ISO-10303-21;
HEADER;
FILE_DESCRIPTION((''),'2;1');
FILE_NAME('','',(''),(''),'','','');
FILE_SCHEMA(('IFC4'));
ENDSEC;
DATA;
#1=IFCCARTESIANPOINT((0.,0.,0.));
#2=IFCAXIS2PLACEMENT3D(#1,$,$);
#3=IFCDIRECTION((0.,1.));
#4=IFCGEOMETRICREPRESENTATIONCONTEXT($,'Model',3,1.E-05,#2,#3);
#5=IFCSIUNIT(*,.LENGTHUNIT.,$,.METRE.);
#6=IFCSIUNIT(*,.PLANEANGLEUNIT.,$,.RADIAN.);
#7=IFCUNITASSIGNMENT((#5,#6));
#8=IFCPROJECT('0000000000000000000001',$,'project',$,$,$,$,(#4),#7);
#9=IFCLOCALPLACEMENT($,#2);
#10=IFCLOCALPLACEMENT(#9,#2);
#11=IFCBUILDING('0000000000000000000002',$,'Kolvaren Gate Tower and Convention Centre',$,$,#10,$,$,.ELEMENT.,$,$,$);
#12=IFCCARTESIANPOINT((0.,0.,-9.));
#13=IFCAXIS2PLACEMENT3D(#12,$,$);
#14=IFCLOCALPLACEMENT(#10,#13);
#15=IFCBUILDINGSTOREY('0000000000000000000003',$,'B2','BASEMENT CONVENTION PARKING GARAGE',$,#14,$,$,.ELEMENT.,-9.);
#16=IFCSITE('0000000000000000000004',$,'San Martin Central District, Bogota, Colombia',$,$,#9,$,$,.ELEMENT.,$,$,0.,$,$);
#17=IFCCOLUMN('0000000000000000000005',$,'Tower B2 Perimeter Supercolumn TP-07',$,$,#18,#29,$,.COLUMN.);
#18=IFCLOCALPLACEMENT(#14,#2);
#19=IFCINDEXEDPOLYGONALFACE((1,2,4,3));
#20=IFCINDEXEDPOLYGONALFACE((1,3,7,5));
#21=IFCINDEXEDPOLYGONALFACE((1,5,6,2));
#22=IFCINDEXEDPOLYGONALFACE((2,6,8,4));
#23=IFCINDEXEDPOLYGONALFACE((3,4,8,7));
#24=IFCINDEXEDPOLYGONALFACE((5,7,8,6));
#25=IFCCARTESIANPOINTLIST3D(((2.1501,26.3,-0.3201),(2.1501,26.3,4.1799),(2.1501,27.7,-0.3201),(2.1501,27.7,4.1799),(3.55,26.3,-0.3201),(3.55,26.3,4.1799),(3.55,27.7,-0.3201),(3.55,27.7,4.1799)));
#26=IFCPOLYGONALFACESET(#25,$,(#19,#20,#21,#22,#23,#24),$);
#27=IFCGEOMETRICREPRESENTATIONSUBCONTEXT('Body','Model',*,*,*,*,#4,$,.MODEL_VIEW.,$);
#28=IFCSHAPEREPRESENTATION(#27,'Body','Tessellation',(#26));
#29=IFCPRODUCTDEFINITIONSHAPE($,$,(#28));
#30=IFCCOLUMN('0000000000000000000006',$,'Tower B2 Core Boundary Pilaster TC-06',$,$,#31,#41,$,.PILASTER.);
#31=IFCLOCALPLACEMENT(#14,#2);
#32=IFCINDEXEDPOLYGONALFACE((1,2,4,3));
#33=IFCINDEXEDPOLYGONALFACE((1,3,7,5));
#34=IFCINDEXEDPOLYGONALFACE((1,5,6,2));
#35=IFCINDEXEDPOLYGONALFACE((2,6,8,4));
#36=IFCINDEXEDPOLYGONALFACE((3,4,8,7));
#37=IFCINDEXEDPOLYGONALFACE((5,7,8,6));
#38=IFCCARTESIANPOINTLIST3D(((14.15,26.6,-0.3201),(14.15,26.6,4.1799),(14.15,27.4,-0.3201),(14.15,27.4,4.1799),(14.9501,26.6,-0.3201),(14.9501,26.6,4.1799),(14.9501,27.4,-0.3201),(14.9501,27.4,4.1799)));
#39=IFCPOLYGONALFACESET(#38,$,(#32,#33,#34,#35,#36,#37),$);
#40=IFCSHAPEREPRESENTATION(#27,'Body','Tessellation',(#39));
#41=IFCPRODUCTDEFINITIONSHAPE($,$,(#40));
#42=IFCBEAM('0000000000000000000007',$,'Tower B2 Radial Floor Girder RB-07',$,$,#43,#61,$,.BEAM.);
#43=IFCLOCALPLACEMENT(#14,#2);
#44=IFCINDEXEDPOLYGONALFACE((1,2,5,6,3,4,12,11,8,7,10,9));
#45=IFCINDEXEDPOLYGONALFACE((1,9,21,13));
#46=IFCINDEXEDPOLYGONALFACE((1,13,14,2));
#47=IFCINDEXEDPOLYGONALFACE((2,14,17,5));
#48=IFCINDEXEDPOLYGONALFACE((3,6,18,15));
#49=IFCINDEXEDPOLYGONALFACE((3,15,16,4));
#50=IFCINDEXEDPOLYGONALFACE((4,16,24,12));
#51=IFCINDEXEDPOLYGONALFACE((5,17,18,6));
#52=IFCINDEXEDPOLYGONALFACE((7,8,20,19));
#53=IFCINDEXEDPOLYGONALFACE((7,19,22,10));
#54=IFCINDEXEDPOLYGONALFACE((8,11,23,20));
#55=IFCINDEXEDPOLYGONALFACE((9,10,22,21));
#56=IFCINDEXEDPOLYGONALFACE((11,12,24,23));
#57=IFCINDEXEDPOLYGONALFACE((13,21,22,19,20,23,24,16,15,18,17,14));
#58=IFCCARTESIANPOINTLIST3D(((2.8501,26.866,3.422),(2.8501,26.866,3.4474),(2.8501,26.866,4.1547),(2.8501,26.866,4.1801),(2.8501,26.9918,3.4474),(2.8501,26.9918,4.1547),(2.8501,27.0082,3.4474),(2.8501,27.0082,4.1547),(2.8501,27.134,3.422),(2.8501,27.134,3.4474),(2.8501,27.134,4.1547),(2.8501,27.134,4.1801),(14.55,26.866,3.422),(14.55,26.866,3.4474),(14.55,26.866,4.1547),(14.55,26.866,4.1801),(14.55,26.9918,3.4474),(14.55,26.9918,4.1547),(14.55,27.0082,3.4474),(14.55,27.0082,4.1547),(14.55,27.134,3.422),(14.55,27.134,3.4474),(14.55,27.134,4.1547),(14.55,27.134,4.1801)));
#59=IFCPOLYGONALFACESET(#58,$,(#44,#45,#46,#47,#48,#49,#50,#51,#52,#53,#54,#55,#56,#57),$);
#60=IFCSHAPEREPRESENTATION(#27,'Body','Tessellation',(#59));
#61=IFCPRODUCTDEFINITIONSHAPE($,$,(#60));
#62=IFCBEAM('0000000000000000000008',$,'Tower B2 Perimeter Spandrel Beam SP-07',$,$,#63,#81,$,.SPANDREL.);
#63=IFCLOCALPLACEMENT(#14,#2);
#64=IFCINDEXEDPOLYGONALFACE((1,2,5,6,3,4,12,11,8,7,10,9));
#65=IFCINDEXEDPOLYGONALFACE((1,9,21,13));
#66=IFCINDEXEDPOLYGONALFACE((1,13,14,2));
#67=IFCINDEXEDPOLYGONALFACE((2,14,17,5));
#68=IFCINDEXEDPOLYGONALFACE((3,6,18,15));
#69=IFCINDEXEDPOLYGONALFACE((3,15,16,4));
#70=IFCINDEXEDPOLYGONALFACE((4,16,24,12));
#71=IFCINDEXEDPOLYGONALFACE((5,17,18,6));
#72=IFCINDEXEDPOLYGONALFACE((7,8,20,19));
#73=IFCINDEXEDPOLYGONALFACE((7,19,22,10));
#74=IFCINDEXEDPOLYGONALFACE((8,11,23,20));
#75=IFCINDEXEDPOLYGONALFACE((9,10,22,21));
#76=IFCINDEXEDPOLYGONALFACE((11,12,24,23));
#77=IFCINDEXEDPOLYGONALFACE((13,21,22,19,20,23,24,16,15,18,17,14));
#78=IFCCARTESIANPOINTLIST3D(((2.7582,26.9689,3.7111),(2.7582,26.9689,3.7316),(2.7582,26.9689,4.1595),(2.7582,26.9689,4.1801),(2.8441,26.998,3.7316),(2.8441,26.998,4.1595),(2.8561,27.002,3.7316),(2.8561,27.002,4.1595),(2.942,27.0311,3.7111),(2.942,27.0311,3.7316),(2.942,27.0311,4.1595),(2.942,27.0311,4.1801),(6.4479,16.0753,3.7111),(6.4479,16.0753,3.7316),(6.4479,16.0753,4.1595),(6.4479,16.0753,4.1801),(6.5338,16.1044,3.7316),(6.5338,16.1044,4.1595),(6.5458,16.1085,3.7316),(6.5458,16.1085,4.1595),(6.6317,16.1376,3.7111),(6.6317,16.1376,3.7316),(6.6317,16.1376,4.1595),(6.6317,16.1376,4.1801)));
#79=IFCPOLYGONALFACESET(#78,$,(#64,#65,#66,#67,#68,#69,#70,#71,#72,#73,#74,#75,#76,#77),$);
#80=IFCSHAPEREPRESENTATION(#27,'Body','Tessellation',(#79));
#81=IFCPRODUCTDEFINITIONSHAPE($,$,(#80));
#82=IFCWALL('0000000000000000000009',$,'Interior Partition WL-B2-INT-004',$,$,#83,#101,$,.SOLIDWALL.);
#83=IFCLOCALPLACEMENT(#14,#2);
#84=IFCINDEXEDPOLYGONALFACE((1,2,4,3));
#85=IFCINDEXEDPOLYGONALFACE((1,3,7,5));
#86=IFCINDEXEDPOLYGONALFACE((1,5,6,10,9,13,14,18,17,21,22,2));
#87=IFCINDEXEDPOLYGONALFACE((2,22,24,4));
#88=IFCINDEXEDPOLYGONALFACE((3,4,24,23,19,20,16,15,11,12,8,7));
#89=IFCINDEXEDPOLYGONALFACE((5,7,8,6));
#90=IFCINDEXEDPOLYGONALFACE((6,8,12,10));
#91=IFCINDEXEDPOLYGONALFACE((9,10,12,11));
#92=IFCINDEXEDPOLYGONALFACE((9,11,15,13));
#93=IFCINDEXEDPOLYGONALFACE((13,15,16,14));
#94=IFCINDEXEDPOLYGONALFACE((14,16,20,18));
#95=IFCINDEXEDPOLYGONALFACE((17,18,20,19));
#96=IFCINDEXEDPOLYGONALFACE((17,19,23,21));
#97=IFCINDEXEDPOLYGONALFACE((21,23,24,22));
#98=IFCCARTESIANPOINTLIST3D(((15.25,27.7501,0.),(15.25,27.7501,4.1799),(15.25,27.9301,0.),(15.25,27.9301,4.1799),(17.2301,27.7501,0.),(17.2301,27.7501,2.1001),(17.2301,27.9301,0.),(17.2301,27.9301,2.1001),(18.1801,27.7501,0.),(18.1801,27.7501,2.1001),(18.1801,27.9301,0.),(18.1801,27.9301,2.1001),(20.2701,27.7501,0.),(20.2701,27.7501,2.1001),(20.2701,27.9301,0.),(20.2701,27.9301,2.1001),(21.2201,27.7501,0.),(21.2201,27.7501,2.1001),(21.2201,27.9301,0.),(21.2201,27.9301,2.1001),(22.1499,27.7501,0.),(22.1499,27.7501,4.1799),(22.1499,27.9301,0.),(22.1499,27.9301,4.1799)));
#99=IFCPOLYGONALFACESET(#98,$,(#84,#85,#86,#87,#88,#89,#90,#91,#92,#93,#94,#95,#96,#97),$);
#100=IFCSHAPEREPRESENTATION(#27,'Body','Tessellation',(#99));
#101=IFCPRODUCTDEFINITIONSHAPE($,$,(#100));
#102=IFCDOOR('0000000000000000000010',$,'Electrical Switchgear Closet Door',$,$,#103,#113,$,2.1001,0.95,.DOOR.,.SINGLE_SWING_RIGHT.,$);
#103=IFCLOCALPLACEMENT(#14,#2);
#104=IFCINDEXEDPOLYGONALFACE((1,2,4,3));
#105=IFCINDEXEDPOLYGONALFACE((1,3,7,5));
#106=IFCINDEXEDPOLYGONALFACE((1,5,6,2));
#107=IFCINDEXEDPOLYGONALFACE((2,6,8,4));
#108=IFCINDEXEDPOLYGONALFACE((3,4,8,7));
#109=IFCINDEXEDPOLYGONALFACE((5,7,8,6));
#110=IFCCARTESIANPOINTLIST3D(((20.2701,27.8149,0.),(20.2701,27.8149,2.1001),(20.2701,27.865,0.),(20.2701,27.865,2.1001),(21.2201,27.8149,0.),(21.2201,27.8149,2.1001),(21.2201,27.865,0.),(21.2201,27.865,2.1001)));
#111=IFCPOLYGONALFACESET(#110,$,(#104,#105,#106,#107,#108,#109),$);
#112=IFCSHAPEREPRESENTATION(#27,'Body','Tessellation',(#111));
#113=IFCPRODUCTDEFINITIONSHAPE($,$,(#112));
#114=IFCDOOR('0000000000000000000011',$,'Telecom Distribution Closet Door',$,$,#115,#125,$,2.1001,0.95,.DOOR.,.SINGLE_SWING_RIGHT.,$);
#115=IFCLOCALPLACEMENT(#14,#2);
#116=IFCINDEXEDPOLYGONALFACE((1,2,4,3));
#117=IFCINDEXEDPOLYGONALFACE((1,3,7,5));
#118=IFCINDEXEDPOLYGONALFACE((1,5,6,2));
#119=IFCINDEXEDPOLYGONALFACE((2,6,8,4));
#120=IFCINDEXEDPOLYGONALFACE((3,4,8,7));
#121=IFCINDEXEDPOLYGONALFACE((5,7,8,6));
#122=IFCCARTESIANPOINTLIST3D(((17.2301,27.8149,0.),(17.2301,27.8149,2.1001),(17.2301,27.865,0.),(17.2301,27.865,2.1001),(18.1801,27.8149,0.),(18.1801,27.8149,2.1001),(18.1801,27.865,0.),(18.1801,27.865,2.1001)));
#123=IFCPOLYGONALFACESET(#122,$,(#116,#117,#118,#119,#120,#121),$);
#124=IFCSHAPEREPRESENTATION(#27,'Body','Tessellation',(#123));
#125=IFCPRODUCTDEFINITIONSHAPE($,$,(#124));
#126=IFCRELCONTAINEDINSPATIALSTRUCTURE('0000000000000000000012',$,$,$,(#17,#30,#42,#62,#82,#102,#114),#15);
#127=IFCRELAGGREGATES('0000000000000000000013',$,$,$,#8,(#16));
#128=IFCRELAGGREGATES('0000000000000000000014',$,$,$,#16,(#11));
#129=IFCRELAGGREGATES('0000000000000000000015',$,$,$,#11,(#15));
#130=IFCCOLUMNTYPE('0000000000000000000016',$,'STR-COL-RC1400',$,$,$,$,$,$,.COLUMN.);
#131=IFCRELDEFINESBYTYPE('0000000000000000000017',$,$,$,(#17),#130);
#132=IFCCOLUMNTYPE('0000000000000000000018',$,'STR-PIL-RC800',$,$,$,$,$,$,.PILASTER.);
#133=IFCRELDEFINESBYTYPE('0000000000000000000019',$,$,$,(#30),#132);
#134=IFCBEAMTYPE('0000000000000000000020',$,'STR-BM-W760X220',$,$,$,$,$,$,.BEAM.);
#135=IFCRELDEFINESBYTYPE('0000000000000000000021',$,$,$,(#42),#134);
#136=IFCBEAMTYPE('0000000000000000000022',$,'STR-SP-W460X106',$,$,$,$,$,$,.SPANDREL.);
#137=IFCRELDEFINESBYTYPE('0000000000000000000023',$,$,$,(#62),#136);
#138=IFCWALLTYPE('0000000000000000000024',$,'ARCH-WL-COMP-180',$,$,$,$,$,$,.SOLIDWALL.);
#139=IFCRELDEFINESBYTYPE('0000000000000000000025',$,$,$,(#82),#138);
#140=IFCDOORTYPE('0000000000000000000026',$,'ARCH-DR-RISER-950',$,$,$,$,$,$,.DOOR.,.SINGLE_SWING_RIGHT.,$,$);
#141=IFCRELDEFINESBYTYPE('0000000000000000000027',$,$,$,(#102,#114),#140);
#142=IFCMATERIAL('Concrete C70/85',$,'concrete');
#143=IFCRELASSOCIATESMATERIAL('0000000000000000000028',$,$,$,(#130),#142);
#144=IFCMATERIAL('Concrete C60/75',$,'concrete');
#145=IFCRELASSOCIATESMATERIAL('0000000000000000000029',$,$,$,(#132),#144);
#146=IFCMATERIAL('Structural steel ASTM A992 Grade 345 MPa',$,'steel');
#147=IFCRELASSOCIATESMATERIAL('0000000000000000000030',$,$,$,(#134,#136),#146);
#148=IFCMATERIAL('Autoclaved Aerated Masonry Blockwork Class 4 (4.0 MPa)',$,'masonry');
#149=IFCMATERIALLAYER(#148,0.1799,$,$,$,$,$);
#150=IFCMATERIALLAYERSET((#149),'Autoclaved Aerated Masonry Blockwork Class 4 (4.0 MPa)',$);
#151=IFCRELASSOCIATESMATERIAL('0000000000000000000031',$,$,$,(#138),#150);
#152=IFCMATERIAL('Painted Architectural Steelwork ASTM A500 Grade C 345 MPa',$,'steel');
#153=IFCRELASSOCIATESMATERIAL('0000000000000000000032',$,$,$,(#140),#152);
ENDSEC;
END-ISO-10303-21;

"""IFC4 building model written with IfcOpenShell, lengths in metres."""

from ifc_helpers import new_model, si_unit, direction, frame, frame_2d, origin, origin_2d, place, context, subcontext, project, spatial, rectangle, i_section, extrude, material, layer, layer_set, material_profile, profile_set, type_object, element, fill, save


model = new_model("IFC4")

# Units and contexts
model_context = context("Model", 3, precision=1e-05, world=origin(), true_north=direction((0.0, 1.0)))
body_context = subcontext(model_context, "Body", "Model", "MODEL_VIEW")
ifc_project = project(units=[si_unit("LENGTHUNIT", "METRE"), si_unit("PLANEANGLEUNIT", "RADIAN")], contexts=[model_context])

# Site, building, storey
site_placement = place(None, origin())
site = spatial("IfcSite", under=ifc_project, at=site_placement, Name="San Martin Central District, Bogota, Colombia", CompositionType="ELEMENT", RefElevation=0.0)
building_placement = place(site_placement, origin())
building = spatial("IfcBuilding", under=site, at=building_placement, Name="Kolvaren Gate Tower and Convention Centre", CompositionType="ELEMENT")
storey_placement = place(building_placement, frame((0.0, 0.0, -9.0)))
storey = spatial("IfcBuildingStorey", under=building, at=storey_placement, Name="B2", Description="BASEMENT CONVENTION PARKING GARAGE", CompositionType="ELEMENT", Elevation=-9.0)

# Columns
ifc_material_1 = material(Name="Concrete C70/85", Category="concrete")
ifc_material_profile_1 = material_profile(ifc_material_1, rectangle(XDim=1.3999, YDim=1.3999, at=origin_2d()), Name="RC-COL-1400X1400")
ifc_profile_set_1 = profile_set([ifc_material_profile_1], Name="Concrete C70/85")
column_type_1 = type_object("IfcColumnType", Name="STR-COL-RC1400", PredefinedType="COLUMN", material=ifc_profile_set_1)
column_1_placement = place(storey_placement, frame((2.8501, 27.0, -0.3201), z_axis=(0.0, 0.0, 1.0), x_axis=(1.0, 0.0, 0.0)))
element("IfcColumn", 1, at=column_1_placement, inside=storey, type_object=column_type_1, Name="Tower B2 Perimeter Supercolumn TP-07", PredefinedType="COLUMN", context=body_context, shape_type="SweptSolid", body=[
    extrude(rectangle(XDim=1.3999, YDim=1.3999, at=origin_2d()), origin(), (0.0, 0.0, 1.0), 4.5),
])
ifc_material_2 = material(Name="Concrete C60/75", Category="concrete")
ifc_material_profile_2 = material_profile(ifc_material_2, rectangle(XDim=0.8, YDim=0.8, at=origin_2d()), Name="RC-COL-800X800")
ifc_profile_set_2 = profile_set([ifc_material_profile_2], Name="Concrete C60/75")
column_type_2 = type_object("IfcColumnType", Name="STR-PIL-RC800", PredefinedType="PILASTER", material=ifc_profile_set_2)
column_2_placement = place(storey_placement, frame((14.55, 27.0, -0.3201), z_axis=(0.0, 0.0, 1.0), x_axis=(1.0, 0.0, 0.0)))
element("IfcColumn", 2, at=column_2_placement, inside=storey, type_object=column_type_2, Name="Tower B2 Core Boundary Pilaster TC-06", PredefinedType="PILASTER", context=body_context, shape_type="SweptSolid", body=[
    extrude(rectangle(XDim=0.8, YDim=0.8, at=origin_2d()), origin(), (0.0, 0.0, 1.0), 4.5),
])

# Beams
ifc_material_3 = material(Name="Structural steel ASTM A992 Grade 345 MPa", Category="steel")
ifc_material_profile_3 = material_profile(ifc_material_3, i_section(OverallWidth=0.2681, OverallDepth=0.7581, WebThickness=0.0164, FlangeThickness=0.0254, at=origin_2d()), Name="W760X220")
ifc_profile_set_3 = profile_set([ifc_material_profile_3], Name="Structural steel ASTM A992 Grade 345 MPa")
beam_type_1 = type_object("IfcBeamType", Name="STR-BM-W760X220", PredefinedType="BEAM", material=ifc_profile_set_3)
beam_1_placement = place(storey_placement, frame((14.55, 27.0, 3.801), z_axis=(-1.0, 0.0, 0.0), x_axis=(0.0, -1.0, 0.0)))
element("IfcBeam", 3, at=beam_1_placement, inside=storey, type_object=beam_type_1, Name="Tower B2 Radial Floor Girder RB-07", PredefinedType="BEAM", context=body_context, shape_type="SweptSolid", body=[
    extrude(i_section(OverallWidth=0.2681, OverallDepth=0.7581, WebThickness=0.0164, FlangeThickness=0.0254, at=origin_2d()), origin(), (0.0, 0.0, 1.0), 11.7),
])
ifc_material_profile_4 = material_profile(ifc_material_3, i_section(OverallWidth=0.1941, OverallDepth=0.469, WebThickness=0.0127, FlangeThickness=0.0205, at=origin_2d()), Name="W460X106")
ifc_profile_set_4 = profile_set([ifc_material_profile_4], Name="Structural steel ASTM A992 Grade 345 MPa")
beam_type_2 = type_object("IfcBeamType", Name="STR-SP-W460X106", PredefinedType="SPANDREL", material=ifc_profile_set_4)
beam_2_placement = place(storey_placement, frame((2.8501, 27.0, 3.9456), z_axis=(0.320803, -0.947146, 0.0), x_axis=(0.947146, 0.320803, 0.0)))
element("IfcBeam", 4, at=beam_2_placement, inside=storey, type_object=beam_type_2, Name="Tower B2 Perimeter Spandrel Beam SP-07", PredefinedType="SPANDREL", context=body_context, shape_type="SweptSolid", body=[
    extrude(i_section(OverallWidth=0.1941, OverallDepth=0.469, WebThickness=0.0127, FlangeThickness=0.0205, at=origin_2d()), origin(), (0.0, 0.0, 1.0), 11.5015),
])

# Wall, openings, doors
ifc_material_4 = material(Name="Autoclaved Aerated Masonry Blockwork Class 4 (4.0 MPa)", Category="masonry")
ifc_layer_1 = layer(ifc_material_4, 0.1799)
ifc_layer_set_1 = layer_set([ifc_layer_1], Name="Autoclaved Aerated Masonry Blockwork Class 4 (4.0 MPa)")
wall_type_1 = type_object("IfcWallType", Name="ARCH-WL-COMP-180", PredefinedType="SOLIDWALL", material=ifc_layer_set_1)
wall_1_placement = place(storey_placement, frame((15.25, 27.8401, 0.0), z_axis=(0.0, 0.0, 1.0), x_axis=(1.0, 0.0, 0.0)))
wall_1 = element("IfcWall", 5, at=wall_1_placement, inside=storey, type_object=wall_type_1, Name="Interior Partition WL-B2-INT-004", PredefinedType="SOLIDWALL", context=body_context, shape_type="SweptSolid", body=[
    extrude(rectangle(XDim=6.8999, YDim=0.1799, at=frame_2d((3.45, 0.0))), origin(), (0.0, 0.0, 1.0), 4.1799),
])
opening_1_placement = place(wall_1_placement, frame((5.02, 0.0, 0.0)))
opening_1 = element("IfcOpeningElement", 6, at=opening_1_placement, cuts=wall_1, PredefinedType="OPENING", context=body_context, shape_type="SweptSolid", body=[
    extrude(rectangle(XDim=0.95, YDim=2.1001, at=frame_2d((0.4751, 1.05))), frame((0.0, 0.0999, 0.0), z_axis=(0.0, -1.0, 0.0), x_axis=(1.0, 0.0, 0.0)), (0.0, 0.0, 1.0), 0.2),
])
opening_2_placement = place(wall_1_placement, frame((1.98, 0.0, 0.0)))
opening_2 = element("IfcOpeningElement", 7, at=opening_2_placement, cuts=wall_1, PredefinedType="OPENING", context=body_context, shape_type="SweptSolid", body=[
    extrude(rectangle(XDim=0.95, YDim=2.1001, at=frame_2d((0.4751, 1.05))), frame((0.0, 0.0999, 0.0), z_axis=(0.0, -1.0, 0.0), x_axis=(1.0, 0.0, 0.0)), (0.0, 0.0, 1.0), 0.2),
])
ifc_material_5 = material(Name="Painted Architectural Steelwork ASTM A500 Grade C 345 MPa", Category="steel")
door_type = type_object("IfcDoorType", Name="ARCH-DR-RISER-950", OperationType="SINGLE_SWING_RIGHT", PredefinedType="DOOR", material=ifc_material_5)
door_1_placement = place(opening_1_placement, origin())
door_1 = element("IfcDoor", 8, at=door_1_placement, inside=storey, type_object=door_type, Name="Electrical Switchgear Closet Door", OperationType="SINGLE_SWING_RIGHT", OverallHeight=2.1001, OverallWidth=0.95, PredefinedType="DOOR", context=body_context, shape_type="SweptSolid", body=[
    extrude(rectangle(XDim=0.95, YDim=2.1001, at=frame_2d((0.4751, 1.05))), frame((0.0, 0.0249, 0.0), z_axis=(0.0, -1.0, 0.0), x_axis=(1.0, 0.0, 0.0)), (0.0, 0.0, 1.0), 0.05),
])
fill(opening_1, door_1)
door_2_placement = place(opening_2_placement, origin())
door_2 = element("IfcDoor", 9, at=door_2_placement, inside=storey, type_object=door_type, Name="Telecom Distribution Closet Door", OperationType="SINGLE_SWING_RIGHT", OverallHeight=2.1001, OverallWidth=0.95, PredefinedType="DOOR", context=body_context, shape_type="SweptSolid", body=[
    extrude(rectangle(XDim=0.95, YDim=2.1001, at=frame_2d((0.4751, 1.05))), frame((0.0, 0.0249, 0.0), z_axis=(0.0, -1.0, 0.0), x_axis=(1.0, 0.0, 0.0)), (0.0, 0.0, 1.0), 0.05),
])
fill(opening_2, door_2)

save(model, "model.ifc")
